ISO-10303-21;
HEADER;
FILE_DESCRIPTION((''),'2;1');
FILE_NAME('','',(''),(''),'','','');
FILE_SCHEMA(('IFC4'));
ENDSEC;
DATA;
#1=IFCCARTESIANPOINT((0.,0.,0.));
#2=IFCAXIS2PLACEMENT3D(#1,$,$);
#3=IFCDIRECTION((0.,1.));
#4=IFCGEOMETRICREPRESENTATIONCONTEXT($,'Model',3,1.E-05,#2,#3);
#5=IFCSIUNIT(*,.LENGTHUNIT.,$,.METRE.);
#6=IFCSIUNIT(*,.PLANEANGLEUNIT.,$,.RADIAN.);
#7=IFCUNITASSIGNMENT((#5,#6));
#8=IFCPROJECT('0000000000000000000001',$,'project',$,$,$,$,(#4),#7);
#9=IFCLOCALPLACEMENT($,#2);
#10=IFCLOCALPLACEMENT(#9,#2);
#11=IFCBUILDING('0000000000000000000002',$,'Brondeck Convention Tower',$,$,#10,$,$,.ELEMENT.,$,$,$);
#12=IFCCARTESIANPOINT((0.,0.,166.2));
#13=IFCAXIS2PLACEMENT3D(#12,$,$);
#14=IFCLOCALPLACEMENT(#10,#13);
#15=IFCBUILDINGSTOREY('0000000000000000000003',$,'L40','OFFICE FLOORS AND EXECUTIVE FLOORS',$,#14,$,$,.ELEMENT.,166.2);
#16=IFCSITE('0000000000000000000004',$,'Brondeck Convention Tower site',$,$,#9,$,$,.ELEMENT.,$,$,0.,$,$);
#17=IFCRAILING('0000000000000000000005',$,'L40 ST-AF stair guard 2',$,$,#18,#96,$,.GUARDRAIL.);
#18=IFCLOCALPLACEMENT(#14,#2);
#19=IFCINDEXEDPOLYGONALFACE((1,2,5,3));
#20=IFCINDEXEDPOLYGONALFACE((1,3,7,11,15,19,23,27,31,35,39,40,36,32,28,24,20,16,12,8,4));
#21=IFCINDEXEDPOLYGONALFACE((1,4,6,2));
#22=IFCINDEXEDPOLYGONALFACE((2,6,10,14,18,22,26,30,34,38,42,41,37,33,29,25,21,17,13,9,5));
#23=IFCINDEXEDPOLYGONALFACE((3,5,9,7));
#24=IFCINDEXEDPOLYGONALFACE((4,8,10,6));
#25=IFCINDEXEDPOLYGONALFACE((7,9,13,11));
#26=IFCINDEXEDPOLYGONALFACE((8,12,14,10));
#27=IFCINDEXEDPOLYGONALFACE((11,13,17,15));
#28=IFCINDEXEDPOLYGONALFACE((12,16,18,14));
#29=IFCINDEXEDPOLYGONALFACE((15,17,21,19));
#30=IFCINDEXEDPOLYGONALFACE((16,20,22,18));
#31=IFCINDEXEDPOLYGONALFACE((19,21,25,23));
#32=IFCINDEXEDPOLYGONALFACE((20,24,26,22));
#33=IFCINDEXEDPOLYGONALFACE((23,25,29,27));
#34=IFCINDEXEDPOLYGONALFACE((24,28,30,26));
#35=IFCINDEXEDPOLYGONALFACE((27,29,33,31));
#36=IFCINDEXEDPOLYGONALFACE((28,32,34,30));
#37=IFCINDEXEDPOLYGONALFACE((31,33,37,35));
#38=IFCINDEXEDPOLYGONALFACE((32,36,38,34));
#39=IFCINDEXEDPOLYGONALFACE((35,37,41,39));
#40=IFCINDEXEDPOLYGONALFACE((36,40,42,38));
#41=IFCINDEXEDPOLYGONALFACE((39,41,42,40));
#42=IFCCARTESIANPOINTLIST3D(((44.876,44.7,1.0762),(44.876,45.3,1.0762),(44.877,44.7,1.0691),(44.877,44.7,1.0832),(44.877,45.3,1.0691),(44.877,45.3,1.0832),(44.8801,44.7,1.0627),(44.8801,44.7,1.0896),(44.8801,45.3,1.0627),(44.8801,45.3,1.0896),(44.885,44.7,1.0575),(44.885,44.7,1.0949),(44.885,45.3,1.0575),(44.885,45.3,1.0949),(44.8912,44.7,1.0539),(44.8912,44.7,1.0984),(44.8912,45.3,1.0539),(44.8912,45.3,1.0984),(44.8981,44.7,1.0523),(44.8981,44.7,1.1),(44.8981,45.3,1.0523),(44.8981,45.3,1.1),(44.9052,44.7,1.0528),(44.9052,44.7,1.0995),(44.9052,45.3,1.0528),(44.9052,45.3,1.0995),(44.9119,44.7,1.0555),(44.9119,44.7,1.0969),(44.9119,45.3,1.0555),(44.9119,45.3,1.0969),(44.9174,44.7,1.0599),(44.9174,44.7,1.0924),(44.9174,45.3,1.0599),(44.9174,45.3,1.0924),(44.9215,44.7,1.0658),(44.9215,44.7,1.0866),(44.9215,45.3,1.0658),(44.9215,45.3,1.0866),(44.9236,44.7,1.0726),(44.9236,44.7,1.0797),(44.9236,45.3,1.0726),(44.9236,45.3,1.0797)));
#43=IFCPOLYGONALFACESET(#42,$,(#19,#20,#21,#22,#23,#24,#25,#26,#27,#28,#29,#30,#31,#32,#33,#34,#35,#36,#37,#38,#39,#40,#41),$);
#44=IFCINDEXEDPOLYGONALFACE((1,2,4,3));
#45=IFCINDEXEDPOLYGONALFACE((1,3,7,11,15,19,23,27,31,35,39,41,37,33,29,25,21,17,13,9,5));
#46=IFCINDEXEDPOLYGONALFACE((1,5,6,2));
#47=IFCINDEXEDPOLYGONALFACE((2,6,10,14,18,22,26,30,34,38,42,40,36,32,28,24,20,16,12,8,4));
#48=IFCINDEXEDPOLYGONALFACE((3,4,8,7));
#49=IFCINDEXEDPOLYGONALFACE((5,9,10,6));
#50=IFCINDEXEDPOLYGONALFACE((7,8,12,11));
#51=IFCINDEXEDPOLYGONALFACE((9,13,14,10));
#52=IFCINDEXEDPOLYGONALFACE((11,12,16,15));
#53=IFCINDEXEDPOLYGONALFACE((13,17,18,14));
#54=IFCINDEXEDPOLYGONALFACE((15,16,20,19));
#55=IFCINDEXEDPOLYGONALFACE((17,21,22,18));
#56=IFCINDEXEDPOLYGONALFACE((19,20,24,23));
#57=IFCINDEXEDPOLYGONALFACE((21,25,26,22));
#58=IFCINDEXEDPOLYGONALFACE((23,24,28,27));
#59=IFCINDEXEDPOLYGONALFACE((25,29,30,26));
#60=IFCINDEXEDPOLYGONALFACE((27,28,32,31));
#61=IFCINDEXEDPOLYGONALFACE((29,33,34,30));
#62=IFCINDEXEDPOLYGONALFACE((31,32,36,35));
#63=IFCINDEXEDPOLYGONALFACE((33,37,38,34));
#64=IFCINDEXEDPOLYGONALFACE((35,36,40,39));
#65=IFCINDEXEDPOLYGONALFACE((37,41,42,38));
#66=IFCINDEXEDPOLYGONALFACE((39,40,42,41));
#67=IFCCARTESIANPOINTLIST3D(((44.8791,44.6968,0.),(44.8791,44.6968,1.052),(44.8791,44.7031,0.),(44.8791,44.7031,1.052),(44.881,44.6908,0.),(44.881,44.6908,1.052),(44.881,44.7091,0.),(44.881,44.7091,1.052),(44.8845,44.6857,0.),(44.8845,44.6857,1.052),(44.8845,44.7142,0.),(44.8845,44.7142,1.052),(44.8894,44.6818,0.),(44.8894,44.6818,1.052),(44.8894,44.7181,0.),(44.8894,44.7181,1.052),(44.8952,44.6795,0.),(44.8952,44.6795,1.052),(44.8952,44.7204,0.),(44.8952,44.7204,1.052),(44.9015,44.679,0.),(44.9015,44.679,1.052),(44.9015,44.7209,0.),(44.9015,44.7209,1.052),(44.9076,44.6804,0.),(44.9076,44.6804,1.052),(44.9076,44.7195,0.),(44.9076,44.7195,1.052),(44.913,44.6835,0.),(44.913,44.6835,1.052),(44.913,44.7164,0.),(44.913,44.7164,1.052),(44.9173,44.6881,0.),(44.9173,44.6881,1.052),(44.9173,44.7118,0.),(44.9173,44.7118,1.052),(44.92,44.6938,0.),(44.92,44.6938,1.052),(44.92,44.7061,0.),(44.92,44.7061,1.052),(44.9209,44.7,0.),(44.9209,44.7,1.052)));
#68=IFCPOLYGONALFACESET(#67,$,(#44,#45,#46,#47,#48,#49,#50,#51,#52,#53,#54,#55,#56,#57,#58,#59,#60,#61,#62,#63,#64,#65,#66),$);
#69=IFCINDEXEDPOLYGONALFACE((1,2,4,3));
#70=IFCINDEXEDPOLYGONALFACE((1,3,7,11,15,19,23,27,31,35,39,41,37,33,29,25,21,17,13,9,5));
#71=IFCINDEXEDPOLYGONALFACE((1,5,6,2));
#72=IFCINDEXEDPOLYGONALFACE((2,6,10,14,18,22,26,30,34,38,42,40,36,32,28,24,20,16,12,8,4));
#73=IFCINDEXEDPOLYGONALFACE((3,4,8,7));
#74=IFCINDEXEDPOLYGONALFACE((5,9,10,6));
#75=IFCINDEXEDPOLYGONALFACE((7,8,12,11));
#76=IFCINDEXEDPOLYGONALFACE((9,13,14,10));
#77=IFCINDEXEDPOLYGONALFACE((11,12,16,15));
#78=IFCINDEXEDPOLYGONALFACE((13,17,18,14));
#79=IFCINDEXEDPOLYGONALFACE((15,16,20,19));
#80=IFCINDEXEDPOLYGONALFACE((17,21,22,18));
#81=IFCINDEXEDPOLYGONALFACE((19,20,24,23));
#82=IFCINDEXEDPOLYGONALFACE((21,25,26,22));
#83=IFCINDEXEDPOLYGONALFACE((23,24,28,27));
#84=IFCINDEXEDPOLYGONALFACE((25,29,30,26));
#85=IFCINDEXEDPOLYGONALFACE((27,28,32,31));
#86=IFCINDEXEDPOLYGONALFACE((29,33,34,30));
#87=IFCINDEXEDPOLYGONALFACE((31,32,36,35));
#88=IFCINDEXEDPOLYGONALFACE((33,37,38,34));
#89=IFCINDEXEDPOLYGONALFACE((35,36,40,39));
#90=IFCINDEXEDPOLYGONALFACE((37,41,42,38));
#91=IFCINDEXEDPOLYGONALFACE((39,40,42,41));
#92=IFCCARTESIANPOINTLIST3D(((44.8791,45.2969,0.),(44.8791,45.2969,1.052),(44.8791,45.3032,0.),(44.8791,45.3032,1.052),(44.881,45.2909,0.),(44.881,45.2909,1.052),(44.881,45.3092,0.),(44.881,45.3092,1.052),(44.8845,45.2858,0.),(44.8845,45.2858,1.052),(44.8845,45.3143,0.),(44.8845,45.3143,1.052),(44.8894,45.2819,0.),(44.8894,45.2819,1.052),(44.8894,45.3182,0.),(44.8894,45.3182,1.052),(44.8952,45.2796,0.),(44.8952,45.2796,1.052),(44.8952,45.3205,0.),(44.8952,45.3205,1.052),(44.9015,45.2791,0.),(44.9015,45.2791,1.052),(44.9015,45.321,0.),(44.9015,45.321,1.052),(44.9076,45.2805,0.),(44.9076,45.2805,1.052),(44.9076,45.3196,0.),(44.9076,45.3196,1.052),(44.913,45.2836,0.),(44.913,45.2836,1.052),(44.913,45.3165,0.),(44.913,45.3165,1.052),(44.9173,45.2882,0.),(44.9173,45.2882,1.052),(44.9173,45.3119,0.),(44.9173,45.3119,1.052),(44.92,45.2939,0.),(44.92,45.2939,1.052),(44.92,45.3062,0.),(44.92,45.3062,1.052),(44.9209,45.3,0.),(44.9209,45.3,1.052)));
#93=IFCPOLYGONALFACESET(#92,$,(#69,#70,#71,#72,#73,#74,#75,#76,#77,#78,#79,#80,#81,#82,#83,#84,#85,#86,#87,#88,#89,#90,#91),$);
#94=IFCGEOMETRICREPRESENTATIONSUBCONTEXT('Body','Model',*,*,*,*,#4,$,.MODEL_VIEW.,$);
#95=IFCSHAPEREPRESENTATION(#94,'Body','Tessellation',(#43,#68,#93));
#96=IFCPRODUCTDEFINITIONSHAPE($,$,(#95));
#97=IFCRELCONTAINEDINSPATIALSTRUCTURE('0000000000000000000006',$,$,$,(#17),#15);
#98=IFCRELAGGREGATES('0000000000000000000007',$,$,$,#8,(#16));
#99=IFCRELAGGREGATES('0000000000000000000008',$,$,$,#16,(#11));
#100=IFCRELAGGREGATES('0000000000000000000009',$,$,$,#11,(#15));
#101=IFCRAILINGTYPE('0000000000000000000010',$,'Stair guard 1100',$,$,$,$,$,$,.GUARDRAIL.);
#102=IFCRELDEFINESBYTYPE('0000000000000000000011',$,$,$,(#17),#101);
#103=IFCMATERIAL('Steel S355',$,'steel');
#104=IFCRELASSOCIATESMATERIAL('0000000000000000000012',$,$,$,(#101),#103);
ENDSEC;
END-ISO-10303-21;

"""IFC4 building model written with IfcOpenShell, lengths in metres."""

from ifc_helpers import new_model, si_unit, direction, frame, origin, origin_2d, place, context, subcontext, project, spatial, circle, extrude, material, type_object, element, save


model = new_model("IFC4")

# Units and contexts
model_context = context("Model", 3, precision=1e-05, world=origin(), true_north=direction((0.0, 1.0)))
body_context = subcontext(model_context, "Body", "Model", "MODEL_VIEW")
ifc_project = project(units=[si_unit("LENGTHUNIT", "METRE"), si_unit("PLANEANGLEUNIT", "RADIAN")], contexts=[model_context])

# Site, building, storey
site_placement = place(None, origin())
site = spatial("IfcSite", under=ifc_project, at=site_placement, Name="Brondeck Convention Tower site", CompositionType="ELEMENT", RefElevation=0.0)
building_placement = place(site_placement, origin())
building = spatial("IfcBuilding", under=site, at=building_placement, Name="Brondeck Convention Tower", CompositionType="ELEMENT")
storey_placement = place(building_placement, frame((0.0, 0.0, 166.2)))
storey = spatial("IfcBuildingStorey", under=building, at=storey_placement, Name="L40", Description="OFFICE FLOORS AND EXECUTIVE FLOORS", CompositionType="ELEMENT", Elevation=166.2)

# Shared definitions
ifc_material_1 = material(Name="Steel S355", Category="steel")

# Railing
railing_type_1 = type_object("IfcRailingType", Name="Stair guard 1100", PredefinedType="GUARDRAIL", material=ifc_material_1)
railing_1_placement = place(storey_placement, frame((44.8999, 44.7, 0.0)))
element("IfcRailing", 1, at=railing_1_placement, inside=storey, type_object=railing_type_1, Name="L40 ST-AF stair guard 2", PredefinedType="GUARDRAIL", context=body_context, shape_type="SweptSolid", body=[
    extrude(circle(Radius=0.0239, at=origin_2d()), frame((0.0, 0.0, 1.0762), z_axis=(0.0, 1.0, 0.0), x_axis=(-1.0, 0.0, 0.0)), (0.0, 0.0, 1.0), 0.6001),
    extrude(circle(Radius=0.021, at=origin_2d()), origin(), (0.0, 0.0, 1.0), 1.052),
    extrude(circle(Radius=0.021, at=origin_2d()), frame((0.0, 0.6001, 0.0)), (0.0, 0.0, 1.0), 1.052),
])

save(model, "model.ifc")
